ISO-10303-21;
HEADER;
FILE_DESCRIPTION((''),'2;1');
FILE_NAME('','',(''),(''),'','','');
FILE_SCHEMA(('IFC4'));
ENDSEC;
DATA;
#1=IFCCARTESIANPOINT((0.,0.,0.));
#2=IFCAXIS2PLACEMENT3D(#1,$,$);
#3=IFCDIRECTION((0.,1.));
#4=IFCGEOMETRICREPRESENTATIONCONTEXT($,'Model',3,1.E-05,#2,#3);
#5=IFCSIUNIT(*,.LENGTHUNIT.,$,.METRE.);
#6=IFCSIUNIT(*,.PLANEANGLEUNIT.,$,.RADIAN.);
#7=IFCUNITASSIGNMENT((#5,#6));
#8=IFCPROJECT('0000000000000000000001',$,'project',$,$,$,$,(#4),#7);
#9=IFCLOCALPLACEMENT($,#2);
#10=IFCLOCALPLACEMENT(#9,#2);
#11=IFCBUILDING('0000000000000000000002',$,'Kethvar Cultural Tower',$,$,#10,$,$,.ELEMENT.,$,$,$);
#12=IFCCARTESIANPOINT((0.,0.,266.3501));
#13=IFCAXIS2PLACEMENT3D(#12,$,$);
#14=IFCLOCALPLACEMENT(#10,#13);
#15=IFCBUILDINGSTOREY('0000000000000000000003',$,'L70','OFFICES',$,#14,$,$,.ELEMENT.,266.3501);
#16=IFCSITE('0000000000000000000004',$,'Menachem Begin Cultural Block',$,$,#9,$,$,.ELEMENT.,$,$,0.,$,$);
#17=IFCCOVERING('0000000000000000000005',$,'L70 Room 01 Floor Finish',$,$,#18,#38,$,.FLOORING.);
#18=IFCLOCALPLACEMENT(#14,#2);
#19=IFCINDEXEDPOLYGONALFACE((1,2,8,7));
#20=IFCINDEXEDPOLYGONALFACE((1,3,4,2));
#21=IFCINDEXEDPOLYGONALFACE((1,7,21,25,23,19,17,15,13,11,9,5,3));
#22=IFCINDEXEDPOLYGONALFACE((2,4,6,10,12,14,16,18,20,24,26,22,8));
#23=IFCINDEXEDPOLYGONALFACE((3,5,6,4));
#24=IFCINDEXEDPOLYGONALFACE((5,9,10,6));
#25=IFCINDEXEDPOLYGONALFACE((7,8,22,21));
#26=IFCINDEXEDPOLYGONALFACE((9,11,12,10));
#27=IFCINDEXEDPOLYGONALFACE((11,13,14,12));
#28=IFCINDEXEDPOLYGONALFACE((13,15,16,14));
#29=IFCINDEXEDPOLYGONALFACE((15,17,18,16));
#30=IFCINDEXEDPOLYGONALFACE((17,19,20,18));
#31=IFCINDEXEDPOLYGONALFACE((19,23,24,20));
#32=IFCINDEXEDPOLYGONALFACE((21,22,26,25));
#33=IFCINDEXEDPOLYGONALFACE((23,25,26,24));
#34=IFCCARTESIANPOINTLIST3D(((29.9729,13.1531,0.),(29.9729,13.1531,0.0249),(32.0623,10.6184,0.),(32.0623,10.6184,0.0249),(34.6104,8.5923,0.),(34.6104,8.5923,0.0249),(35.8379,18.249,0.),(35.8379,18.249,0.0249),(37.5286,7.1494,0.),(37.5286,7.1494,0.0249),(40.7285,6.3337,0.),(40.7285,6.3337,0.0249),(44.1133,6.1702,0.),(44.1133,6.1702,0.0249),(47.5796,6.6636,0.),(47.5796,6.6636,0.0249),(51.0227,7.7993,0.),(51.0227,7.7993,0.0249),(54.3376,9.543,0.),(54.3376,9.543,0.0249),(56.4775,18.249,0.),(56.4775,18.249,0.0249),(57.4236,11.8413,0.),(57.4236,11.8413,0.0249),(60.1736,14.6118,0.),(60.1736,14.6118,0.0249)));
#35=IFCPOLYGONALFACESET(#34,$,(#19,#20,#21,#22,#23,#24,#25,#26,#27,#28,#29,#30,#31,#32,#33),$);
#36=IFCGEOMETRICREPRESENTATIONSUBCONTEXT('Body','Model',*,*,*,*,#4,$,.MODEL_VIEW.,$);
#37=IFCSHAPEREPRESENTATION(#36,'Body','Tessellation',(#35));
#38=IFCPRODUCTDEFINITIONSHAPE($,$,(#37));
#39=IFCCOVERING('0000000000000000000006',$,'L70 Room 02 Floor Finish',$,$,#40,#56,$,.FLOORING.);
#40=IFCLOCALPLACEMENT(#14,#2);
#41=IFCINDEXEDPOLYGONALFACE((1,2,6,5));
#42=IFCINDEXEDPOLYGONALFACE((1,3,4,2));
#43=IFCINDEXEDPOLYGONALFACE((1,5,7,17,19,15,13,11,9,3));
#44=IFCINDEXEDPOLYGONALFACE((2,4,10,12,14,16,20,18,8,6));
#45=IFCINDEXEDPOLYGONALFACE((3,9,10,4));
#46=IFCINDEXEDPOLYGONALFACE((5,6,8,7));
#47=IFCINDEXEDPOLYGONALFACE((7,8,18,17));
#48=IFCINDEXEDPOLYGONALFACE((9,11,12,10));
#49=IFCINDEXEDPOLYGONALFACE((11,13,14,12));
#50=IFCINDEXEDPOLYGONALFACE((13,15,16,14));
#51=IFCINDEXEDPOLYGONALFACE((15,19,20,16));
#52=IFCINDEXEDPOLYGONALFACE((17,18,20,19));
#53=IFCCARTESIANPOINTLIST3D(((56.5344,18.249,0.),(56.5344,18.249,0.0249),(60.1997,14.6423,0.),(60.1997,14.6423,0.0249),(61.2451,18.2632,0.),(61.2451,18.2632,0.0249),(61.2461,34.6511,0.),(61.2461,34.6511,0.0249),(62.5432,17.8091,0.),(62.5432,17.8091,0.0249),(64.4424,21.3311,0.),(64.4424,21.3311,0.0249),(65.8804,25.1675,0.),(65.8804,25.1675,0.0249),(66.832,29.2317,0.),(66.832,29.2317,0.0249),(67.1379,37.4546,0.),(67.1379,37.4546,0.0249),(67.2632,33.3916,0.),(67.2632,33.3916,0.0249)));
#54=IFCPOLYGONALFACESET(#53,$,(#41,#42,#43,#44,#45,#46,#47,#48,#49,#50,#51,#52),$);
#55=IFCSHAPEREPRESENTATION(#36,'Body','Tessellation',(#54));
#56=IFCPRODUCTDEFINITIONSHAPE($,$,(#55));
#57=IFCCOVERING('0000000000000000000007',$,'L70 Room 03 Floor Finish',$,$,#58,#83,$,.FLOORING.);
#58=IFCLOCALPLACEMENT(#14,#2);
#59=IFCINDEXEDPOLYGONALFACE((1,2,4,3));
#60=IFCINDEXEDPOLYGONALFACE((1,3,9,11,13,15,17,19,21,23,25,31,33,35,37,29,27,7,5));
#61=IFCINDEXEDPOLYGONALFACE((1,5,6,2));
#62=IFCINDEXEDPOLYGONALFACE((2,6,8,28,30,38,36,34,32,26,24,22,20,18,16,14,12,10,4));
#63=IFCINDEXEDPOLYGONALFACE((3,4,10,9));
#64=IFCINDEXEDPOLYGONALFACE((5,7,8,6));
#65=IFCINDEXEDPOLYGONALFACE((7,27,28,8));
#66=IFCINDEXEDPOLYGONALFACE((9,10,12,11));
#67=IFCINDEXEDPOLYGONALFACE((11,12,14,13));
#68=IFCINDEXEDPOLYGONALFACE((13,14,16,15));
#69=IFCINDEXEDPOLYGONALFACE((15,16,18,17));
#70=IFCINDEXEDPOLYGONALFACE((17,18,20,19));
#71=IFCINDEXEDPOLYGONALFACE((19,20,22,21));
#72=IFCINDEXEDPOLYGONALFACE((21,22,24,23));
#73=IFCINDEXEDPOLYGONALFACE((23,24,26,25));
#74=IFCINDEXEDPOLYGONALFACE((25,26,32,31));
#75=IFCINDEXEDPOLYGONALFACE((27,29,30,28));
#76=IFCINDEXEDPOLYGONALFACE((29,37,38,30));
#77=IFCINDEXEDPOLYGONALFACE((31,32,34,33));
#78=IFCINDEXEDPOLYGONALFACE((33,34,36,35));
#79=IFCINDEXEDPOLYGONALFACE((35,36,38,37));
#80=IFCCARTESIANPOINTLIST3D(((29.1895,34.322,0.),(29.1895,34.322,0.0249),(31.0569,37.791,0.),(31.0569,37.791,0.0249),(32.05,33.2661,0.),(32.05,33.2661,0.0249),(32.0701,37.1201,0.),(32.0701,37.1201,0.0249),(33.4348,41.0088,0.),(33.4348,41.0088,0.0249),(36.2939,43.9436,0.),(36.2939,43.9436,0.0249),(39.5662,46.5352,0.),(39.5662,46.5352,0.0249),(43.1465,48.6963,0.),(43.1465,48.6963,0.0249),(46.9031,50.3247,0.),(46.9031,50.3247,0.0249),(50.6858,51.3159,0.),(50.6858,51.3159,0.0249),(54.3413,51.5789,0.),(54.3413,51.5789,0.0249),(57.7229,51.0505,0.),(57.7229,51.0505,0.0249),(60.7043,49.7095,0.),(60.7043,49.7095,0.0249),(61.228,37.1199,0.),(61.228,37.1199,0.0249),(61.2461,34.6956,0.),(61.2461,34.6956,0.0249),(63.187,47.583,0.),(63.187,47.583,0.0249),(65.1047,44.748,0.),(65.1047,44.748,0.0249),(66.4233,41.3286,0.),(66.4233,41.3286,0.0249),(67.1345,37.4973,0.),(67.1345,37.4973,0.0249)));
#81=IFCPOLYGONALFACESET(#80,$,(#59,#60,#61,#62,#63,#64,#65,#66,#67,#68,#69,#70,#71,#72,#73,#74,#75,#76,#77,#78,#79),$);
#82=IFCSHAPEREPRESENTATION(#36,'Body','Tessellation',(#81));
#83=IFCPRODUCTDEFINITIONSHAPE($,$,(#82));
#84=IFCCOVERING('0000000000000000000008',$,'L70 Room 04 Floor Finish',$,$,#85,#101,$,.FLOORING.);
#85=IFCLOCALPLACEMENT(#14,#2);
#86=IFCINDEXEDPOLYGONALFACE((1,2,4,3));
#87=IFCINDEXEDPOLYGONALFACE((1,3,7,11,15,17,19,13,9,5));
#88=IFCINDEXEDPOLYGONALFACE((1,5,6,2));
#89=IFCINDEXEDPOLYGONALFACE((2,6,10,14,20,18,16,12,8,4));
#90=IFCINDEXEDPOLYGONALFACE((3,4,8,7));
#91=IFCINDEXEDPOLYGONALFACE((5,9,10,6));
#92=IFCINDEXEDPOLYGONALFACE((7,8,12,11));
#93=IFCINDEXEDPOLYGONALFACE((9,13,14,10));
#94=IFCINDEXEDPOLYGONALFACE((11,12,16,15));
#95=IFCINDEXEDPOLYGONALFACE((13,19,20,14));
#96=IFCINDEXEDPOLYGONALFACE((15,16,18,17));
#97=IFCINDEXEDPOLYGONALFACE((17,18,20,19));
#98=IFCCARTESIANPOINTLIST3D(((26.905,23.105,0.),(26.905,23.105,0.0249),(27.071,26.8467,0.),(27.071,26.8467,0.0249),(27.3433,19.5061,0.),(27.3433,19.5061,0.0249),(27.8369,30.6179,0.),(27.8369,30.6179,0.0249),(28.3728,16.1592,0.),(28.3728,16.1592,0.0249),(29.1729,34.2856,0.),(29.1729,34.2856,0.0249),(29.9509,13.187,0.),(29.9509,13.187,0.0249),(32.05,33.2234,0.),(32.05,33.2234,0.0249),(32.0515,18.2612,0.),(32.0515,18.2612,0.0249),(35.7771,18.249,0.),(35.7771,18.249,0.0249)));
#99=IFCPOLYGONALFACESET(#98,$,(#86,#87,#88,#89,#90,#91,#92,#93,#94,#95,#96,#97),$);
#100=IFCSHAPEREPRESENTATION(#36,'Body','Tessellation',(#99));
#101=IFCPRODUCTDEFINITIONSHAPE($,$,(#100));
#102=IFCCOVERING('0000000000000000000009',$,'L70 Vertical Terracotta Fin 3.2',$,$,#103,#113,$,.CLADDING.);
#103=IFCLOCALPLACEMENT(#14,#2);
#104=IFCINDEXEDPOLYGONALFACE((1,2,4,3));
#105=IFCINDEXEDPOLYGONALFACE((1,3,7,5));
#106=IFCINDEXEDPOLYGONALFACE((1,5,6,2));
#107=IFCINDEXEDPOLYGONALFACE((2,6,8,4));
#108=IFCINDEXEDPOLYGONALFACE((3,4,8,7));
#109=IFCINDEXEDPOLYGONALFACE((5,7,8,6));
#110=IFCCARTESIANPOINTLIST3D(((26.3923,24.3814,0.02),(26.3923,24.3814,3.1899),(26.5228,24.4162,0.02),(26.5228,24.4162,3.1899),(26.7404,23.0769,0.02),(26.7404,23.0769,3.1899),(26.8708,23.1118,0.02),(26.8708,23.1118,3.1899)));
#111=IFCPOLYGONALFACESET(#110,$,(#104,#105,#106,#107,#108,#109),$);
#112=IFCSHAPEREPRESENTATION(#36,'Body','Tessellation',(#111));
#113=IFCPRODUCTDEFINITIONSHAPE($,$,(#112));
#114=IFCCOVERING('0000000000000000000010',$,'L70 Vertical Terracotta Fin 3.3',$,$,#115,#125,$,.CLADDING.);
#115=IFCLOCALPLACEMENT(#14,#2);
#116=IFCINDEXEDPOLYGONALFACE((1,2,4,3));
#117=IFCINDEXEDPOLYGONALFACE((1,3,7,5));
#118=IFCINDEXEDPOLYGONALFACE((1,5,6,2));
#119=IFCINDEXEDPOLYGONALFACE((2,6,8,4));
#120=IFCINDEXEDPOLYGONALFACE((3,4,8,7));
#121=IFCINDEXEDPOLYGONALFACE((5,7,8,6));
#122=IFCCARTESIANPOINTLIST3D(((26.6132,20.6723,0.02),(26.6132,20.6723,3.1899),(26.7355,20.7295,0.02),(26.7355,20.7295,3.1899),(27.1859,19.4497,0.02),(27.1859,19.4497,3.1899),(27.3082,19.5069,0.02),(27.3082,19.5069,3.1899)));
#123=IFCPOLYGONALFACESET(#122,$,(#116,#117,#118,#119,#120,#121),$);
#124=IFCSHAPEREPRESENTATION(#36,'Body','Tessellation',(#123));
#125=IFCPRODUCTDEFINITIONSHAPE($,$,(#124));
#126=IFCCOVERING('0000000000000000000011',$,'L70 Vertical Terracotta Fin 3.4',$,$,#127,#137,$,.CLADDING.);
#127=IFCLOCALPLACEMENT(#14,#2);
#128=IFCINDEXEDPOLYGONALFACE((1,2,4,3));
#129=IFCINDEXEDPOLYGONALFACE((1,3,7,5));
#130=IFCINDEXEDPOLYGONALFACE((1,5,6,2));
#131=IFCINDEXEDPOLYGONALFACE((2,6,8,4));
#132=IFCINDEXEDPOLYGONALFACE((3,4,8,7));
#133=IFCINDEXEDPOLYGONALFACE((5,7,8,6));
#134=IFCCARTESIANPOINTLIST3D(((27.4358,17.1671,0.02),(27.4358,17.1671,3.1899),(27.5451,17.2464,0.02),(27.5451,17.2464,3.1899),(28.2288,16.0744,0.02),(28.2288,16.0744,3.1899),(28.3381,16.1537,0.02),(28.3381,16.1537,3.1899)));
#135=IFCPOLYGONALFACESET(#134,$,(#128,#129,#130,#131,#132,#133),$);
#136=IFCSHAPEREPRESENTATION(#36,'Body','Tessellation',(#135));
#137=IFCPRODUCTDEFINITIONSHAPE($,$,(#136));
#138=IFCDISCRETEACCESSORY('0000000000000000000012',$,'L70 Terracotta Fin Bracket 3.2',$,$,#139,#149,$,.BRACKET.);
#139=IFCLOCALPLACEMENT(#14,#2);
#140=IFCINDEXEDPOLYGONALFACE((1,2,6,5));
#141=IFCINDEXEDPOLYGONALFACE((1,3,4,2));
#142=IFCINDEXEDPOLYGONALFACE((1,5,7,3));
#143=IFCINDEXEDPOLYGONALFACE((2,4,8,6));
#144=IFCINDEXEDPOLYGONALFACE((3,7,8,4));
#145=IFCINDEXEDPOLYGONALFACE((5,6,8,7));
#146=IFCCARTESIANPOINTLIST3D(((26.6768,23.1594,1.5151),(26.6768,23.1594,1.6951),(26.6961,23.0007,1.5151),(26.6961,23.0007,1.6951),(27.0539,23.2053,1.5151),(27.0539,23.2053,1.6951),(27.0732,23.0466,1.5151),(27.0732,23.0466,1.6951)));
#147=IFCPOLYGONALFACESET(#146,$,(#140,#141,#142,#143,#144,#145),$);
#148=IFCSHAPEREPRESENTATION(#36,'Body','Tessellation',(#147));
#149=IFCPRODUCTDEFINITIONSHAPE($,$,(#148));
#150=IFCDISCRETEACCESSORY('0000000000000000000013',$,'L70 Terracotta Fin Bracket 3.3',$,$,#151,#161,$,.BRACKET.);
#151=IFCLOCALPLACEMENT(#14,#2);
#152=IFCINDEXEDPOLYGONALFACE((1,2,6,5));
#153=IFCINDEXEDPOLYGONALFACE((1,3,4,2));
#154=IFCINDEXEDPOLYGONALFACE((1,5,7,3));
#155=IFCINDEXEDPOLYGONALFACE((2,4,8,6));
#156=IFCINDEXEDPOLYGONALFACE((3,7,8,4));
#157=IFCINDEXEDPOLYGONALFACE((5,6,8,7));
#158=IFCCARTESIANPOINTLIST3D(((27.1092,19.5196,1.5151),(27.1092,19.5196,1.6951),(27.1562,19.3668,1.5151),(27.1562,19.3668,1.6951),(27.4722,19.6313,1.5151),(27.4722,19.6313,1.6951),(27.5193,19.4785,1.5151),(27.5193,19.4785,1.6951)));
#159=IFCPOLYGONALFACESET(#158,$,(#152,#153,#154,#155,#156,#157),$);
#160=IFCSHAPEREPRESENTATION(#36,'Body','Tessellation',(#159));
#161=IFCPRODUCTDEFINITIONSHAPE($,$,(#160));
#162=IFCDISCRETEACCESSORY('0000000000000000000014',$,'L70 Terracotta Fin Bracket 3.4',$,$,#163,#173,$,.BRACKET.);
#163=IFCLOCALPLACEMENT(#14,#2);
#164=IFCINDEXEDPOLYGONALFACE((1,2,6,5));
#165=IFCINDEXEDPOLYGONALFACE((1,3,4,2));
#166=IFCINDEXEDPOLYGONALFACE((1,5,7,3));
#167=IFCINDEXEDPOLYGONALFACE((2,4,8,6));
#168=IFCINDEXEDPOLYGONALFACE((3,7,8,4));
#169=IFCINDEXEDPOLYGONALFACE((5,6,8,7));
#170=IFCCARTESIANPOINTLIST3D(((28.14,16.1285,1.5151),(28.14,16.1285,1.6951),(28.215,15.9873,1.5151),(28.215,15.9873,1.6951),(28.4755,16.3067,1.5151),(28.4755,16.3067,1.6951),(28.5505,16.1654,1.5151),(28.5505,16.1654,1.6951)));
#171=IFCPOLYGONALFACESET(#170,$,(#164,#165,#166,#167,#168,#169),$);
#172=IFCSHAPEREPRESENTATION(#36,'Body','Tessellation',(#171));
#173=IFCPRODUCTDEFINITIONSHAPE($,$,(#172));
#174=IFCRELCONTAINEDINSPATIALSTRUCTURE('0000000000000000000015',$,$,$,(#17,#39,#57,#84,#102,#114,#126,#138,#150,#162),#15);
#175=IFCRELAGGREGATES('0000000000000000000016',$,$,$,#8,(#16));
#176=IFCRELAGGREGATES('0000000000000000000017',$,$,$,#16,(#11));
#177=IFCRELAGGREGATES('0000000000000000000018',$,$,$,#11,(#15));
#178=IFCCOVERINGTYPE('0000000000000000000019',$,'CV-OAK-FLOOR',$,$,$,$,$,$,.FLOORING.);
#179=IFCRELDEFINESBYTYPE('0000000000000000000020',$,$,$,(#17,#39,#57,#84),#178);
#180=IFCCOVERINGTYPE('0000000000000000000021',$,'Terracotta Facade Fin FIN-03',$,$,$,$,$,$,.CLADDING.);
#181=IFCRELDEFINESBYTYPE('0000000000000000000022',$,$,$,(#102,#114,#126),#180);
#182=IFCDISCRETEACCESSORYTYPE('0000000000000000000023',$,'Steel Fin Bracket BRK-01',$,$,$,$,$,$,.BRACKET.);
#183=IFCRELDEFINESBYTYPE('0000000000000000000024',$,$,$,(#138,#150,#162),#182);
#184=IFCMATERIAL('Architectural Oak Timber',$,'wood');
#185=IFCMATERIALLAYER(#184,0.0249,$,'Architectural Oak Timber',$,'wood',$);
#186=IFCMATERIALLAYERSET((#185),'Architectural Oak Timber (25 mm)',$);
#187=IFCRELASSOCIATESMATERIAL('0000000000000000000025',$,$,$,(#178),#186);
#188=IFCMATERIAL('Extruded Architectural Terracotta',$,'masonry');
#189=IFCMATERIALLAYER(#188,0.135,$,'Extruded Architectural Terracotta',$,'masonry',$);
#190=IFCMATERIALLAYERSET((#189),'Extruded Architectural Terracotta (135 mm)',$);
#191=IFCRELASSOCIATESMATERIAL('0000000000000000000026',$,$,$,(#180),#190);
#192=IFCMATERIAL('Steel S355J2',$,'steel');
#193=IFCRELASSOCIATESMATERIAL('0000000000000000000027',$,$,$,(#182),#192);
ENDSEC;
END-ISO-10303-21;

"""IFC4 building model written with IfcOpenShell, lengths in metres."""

from ifc_helpers import new_model, si_unit, direction, frame, origin, origin_2d, place, context, subcontext, project, spatial, polyline, rectangle, outline, extrude, source, transform, mapped, material, layer, layer_set, type_object, element, save


model = new_model("IFC4")

# Units and contexts
model_context = context("Model", 3, precision=1e-05, world=origin(), true_north=direction((0.0, 1.0)))
body_context = subcontext(model_context, "Body", "Model", "MODEL_VIEW")
ifc_project = project(units=[si_unit("LENGTHUNIT", "METRE"), si_unit("PLANEANGLEUNIT", "RADIAN")], contexts=[model_context])

# Site, building, storey
site_placement = place(None, origin())
site = spatial("IfcSite", under=ifc_project, at=site_placement, Name="Menachem Begin Cultural Block", CompositionType="ELEMENT", RefElevation=0.0)
building_placement = place(site_placement, origin())
building = spatial("IfcBuilding", under=site, at=building_placement, Name="Kethvar Cultural Tower", CompositionType="ELEMENT")
storey_placement = place(building_placement, frame((0.0, 0.0, 266.3501)))
storey = spatial("IfcBuildingStorey", under=building, at=storey_placement, Name="L70", Description="OFFICES", CompositionType="ELEMENT", Elevation=266.3501)

# Coverings
ifc_material_1 = material(Name="Architectural Oak Timber", Category="wood")
ifc_layer_1 = layer(ifc_material_1, 0.0249, Name="Architectural Oak Timber", Category="wood")
ifc_layer_set_1 = layer_set([ifc_layer_1], Name="Architectural Oak Timber (25 mm)")
covering_type_1 = type_object("IfcCoveringType", Name="CV-OAK-FLOOR", PredefinedType="FLOORING", material=ifc_layer_set_1)
covering_1_placement = place(storey_placement, origin())
element("IfcCovering", 1, at=covering_1_placement, inside=storey, type_object=covering_type_1, Name="L70 Room 01 Floor Finish", PredefinedType="FLOORING", context=body_context, shape_type="SweptSolid", body=[
    extrude(outline(polyline([(60.1736, 14.6118), (57.4236, 11.8413), (54.3376, 9.543), (51.0227, 7.7993), (47.5796, 6.6636), (44.1133, 6.1702), (40.7285, 6.3337), (37.5286, 7.1494), (34.6104, 8.5923), (32.0623, 10.6184), (29.9729, 13.1531), (35.8379, 18.249), (56.4775, 18.249), (60.1736, 14.6118)])), origin(), (0.0, 0.0, 1.0), 0.0249),
])
covering_2_placement = place(storey_placement, origin())
element("IfcCovering", 2, at=covering_2_placement, inside=storey, type_object=covering_type_1, Name="L70 Room 02 Floor Finish", PredefinedType="FLOORING", context=body_context, shape_type="SweptSolid", body=[
    extrude(outline(polyline([(67.2632, 33.3916), (66.832, 29.2317), (65.8804, 25.1675), (64.4424, 21.3311), (62.5432, 17.8091), (60.1997, 14.6423), (56.5344, 18.249), (61.2451, 18.2632), (61.2461, 34.6511), (67.1379, 37.4546), (67.2632, 33.3916)])), origin(), (0.0, 0.0, 1.0), 0.0249),
])
covering_3_placement = place(storey_placement, origin())
element("IfcCovering", 3, at=covering_3_placement, inside=storey, type_object=covering_type_1, Name="L70 Room 03 Floor Finish", PredefinedType="FLOORING", context=body_context, shape_type="SweptSolid", body=[
    extrude(outline(polyline([(65.1047, 44.748), (66.4233, 41.3286), (67.1345, 37.4973), (61.2461, 34.6956), (61.228, 37.1199), (32.0701, 37.1201), (32.05, 33.2661), (29.1895, 34.322), (31.0569, 37.791), (33.4348, 41.0088), (36.2939, 43.9436), (39.5662, 46.5352), (43.1465, 48.6963), (46.9031, 50.3247), (50.6858, 51.3159), (54.3413, 51.5789), (57.7229, 51.0505), (60.7043, 49.7095), (63.187, 47.583), (65.1047, 44.748)])), origin(), (0.0, 0.0, 1.0), 0.0249),
])
covering_4_placement = place(storey_placement, origin())
element("IfcCovering", 4, at=covering_4_placement, inside=storey, type_object=covering_type_1, Name="L70 Room 04 Floor Finish", PredefinedType="FLOORING", context=body_context, shape_type="SweptSolid", body=[
    extrude(outline(polyline([(28.3728, 16.1592), (27.3433, 19.5061), (26.905, 23.105), (27.071, 26.8467), (27.8369, 30.6179), (29.1729, 34.2856), (32.05, 33.2234), (32.0515, 18.2612), (35.7771, 18.249), (29.9509, 13.187), (28.3728, 16.1592)])), origin(), (0.0, 0.0, 1.0), 0.0249),
])
ifc_material_2 = material(Name="Extruded Architectural Terracotta", Category="masonry")
ifc_layer_2 = layer(ifc_material_2, 0.135, Name="Extruded Architectural Terracotta", Category="masonry")
ifc_layer_set_2 = layer_set([ifc_layer_2], Name="Extruded Architectural Terracotta (135 mm)")
covering_type_2 = type_object("IfcCoveringType", Name="Terracotta Facade Fin FIN-03", PredefinedType="CLADDING", material=ifc_layer_set_2)
shared_shape_1 = source(origin(), body_context, "Body", "SweptSolid", [
    extrude(rectangle(XDim=1.3501, YDim=0.135, at=origin_2d()), origin(), (0.0, 0.0, 1.0), 3.1699),
])
for number, where, z_axis, x_axis, name in (
    (5, (26.6316, 23.7466, 0.02), (0.0, 0.0, 1.0), (-0.257807, 0.966196, 0.0), "L70 Vertical Terracotta Fin 3.2"),
    (6, (26.9607, 20.0896, 0.02), (0.0, 0.0, 1.0), (-0.424199, 0.905569, 0.0), "L70 Vertical Terracotta Fin 3.3"),
    (7, (27.887, 16.6604, 0.02), (0.0, 0.0, 1.0), (-0.587362, 0.809325, 0.0), "L70 Vertical Terracotta Fin 3.4"),
):
    element("IfcCovering", number, at=place(storey_placement, frame(where, z_axis=z_axis, x_axis=x_axis)), inside=storey, type_object=covering_type_2, Name=name, PredefinedType="CLADDING", context=body_context, shape_type="MappedRepresentation", body=[
        mapped(shared_shape_1, transform((0.0, 0.0, 0.0), scale=1.0)),
    ])

# Discrete accessories
ifc_material_3 = material(Name="Steel S355J2", Category="steel")
discrete_accessory_type = type_object("IfcDiscreteAccessoryType", Name="Steel Fin Bracket BRK-01", PredefinedType="BRACKET", material=ifc_material_3)
shared_shape_2 = source(origin(), body_context, "Body", "SweptSolid", [
    extrude(rectangle(XDim=0.3799, YDim=0.1599, at=origin_2d()), origin(), (0.0, 0.0, 1.0), 0.1799),
])
for number, where, z_axis, x_axis, name in (
    (8, (26.875, 23.103, 1.5151), (0.0, 0.0, 1.0), (-0.992673, -0.12083, 0.0), "L70 Terracotta Fin Bracket 3.2"),
    (9, (27.3142, 19.499, 1.5151), (0.0, 0.0, 1.0), (-0.955793, -0.29404, 0.0), "L70 Terracotta Fin Bracket 3.3"),
    (10, (28.3452, 16.147, 1.5151), (0.0, 0.0, 1.0), (-0.883193, -0.469009, 0.0), "L70 Terracotta Fin Bracket 3.4"),
):
    element("IfcDiscreteAccessory", number, at=place(storey_placement, frame(where, z_axis=z_axis, x_axis=x_axis)), inside=storey, type_object=discrete_accessory_type, Name=name, PredefinedType="BRACKET", context=body_context, shape_type="MappedRepresentation", body=[
        mapped(shared_shape_2, transform((0.0, 0.0, 0.0), scale=1.0)),
    ])

save(model, "model.ifc")
